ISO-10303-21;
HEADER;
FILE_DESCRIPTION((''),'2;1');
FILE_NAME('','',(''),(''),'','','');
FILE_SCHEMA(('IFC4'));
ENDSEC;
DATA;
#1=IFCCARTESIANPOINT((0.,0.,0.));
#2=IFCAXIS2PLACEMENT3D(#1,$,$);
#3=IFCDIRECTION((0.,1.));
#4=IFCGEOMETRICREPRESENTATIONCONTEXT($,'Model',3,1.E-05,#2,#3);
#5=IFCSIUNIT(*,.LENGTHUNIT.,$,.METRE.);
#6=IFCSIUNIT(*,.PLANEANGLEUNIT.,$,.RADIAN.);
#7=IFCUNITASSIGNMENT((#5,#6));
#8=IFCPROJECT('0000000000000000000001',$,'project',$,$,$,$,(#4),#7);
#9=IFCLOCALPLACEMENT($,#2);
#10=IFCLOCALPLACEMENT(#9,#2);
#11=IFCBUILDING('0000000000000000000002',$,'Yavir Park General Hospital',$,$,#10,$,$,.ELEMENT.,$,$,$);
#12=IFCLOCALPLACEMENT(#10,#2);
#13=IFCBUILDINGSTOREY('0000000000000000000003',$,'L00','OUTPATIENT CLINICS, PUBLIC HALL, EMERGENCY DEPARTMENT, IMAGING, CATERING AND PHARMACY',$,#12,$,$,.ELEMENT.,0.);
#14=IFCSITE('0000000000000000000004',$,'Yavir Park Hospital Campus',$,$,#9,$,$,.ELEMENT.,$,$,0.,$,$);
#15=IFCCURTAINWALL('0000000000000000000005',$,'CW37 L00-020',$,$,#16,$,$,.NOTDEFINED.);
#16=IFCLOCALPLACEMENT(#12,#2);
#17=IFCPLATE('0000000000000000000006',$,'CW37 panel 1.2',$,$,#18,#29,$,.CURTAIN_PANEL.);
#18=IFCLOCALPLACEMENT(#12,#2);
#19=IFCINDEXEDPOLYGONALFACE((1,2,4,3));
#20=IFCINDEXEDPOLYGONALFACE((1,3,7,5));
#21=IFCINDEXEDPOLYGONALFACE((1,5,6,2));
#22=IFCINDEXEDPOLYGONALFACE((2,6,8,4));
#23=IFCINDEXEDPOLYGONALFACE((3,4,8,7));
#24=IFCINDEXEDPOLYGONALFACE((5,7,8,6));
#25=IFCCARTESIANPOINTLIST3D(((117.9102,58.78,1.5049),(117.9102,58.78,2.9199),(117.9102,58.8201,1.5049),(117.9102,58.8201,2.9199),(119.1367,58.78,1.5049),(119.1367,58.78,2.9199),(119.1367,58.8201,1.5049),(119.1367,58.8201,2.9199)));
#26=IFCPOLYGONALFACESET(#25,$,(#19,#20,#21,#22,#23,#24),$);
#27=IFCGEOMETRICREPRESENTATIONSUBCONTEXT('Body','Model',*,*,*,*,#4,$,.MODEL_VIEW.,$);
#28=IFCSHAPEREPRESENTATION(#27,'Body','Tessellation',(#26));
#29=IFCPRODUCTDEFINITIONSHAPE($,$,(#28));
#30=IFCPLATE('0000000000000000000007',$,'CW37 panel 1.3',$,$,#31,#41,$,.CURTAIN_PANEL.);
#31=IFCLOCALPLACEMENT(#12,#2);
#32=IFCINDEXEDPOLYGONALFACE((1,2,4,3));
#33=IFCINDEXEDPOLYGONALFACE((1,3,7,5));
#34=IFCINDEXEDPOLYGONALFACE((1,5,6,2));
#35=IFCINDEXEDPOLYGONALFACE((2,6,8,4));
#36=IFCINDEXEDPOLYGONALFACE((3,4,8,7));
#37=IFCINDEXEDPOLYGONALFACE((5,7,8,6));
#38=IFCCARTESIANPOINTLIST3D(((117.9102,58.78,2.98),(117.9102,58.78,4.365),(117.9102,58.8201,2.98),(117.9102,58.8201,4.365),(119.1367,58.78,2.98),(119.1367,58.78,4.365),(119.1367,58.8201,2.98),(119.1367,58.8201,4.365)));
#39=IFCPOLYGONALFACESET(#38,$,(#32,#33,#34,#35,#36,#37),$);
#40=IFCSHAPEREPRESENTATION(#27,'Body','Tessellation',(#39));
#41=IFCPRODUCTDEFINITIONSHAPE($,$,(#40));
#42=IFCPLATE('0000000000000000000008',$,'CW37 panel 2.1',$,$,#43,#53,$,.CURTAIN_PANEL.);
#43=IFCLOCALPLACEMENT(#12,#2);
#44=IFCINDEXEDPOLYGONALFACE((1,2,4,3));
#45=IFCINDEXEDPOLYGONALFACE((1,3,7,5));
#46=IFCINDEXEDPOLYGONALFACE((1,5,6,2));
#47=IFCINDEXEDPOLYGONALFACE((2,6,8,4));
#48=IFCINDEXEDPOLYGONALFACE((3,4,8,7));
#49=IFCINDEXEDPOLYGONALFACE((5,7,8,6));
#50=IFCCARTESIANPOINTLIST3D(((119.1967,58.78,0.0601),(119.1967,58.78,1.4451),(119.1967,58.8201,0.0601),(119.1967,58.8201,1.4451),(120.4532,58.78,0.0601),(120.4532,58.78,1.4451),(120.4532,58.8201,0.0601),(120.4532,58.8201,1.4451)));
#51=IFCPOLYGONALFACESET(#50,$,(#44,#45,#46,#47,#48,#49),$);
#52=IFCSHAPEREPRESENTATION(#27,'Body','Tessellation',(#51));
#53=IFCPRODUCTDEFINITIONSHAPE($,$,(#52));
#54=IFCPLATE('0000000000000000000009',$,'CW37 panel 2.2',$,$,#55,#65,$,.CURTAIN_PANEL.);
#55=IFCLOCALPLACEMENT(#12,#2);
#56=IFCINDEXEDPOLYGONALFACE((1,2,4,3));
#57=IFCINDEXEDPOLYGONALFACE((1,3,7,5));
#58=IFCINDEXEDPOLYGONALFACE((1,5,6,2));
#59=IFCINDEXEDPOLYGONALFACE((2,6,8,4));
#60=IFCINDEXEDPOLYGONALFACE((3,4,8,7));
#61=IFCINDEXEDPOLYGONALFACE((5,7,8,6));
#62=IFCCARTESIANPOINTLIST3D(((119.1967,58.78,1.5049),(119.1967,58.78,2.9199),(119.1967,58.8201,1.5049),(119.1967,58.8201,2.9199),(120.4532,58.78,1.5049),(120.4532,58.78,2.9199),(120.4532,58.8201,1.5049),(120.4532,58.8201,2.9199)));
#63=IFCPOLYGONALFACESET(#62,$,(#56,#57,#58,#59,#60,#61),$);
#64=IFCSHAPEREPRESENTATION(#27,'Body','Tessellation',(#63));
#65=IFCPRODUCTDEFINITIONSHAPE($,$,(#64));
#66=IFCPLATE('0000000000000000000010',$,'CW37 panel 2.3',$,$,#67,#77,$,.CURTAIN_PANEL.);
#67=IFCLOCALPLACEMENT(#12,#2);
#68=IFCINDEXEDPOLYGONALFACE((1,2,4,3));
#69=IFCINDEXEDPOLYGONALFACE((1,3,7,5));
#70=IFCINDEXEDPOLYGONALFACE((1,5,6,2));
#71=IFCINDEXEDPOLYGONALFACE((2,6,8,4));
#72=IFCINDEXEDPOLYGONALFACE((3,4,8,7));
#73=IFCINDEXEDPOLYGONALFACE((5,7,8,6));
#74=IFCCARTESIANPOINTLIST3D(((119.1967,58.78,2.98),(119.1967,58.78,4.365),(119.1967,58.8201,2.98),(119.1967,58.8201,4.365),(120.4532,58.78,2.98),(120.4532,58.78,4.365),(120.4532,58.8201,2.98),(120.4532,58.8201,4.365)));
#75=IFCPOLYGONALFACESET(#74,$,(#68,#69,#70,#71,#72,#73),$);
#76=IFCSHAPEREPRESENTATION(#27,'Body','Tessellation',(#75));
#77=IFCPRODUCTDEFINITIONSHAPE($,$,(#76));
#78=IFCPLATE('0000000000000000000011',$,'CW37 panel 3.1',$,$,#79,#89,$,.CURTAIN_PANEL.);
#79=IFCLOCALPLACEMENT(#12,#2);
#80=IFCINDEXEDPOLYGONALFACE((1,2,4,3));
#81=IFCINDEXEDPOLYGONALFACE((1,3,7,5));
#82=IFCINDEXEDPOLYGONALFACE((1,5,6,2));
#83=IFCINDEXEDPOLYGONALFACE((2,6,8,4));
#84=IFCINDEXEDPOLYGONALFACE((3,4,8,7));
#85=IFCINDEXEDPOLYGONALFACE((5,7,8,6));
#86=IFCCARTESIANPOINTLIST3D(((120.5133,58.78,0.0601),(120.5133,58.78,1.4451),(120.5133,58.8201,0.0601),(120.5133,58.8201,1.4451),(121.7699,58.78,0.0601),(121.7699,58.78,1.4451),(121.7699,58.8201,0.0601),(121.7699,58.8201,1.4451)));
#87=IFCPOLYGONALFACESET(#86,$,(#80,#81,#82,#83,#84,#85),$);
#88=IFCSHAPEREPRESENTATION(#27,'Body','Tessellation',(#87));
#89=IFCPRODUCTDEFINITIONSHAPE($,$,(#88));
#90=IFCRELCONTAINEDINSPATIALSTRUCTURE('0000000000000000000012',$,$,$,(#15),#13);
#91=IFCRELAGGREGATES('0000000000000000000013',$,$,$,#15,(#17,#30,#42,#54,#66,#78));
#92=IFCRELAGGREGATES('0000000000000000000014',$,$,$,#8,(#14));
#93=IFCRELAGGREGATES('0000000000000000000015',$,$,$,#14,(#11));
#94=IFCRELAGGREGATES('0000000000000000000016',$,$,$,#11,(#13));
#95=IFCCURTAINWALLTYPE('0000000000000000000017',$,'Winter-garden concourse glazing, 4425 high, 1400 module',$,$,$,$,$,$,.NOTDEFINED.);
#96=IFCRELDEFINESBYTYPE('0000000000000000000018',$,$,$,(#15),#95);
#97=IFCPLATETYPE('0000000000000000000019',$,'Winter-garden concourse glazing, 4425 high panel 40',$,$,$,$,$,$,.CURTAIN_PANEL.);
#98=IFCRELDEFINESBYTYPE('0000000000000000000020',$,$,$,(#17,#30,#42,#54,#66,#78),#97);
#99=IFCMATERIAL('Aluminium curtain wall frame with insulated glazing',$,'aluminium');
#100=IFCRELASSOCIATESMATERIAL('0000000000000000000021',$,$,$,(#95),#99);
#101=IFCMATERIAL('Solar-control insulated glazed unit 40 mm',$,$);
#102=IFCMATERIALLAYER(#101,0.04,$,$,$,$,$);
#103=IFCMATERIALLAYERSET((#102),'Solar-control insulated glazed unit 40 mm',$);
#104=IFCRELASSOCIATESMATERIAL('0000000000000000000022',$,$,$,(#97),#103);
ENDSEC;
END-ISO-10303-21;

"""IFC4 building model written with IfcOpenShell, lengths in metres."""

from ifc_helpers import new_model, si_unit, direction, frame, origin, origin_2d, place, context, subcontext, project, spatial, rectangle, extrude, material, layer, layer_set, type_object, element, aggregate, save


model = new_model("IFC4")

# Units and contexts
model_context = context("Model", 3, precision=1e-05, world=origin(), true_north=direction((0.0, 1.0)))
body_context = subcontext(model_context, "Body", "Model", "MODEL_VIEW")
ifc_project = project(units=[si_unit("LENGTHUNIT", "METRE"), si_unit("PLANEANGLEUNIT", "RADIAN")], contexts=[model_context])

# Site, building, storey
site_placement = place(None, origin())
site = spatial("IfcSite", under=ifc_project, at=site_placement, Name="Yavir Park Hospital Campus", CompositionType="ELEMENT", RefElevation=0.0)
building_placement = place(site_placement, origin())
building = spatial("IfcBuilding", under=site, at=building_placement, Name="Yavir Park General Hospital", CompositionType="ELEMENT")
storey_placement = place(building_placement, origin())
storey = spatial("IfcBuildingStorey", under=building, at=storey_placement, Name="L00", Description="OUTPATIENT CLINICS, PUBLIC HALL, EMERGENCY DEPARTMENT, IMAGING, CATERING AND PHARMACY", CompositionType="ELEMENT", Elevation=0.0)

# Shared definitions
ifc_material_1 = material(Name="Aluminium curtain wall frame with insulated glazing", Category="aluminium")
curtain_wall_type = type_object("IfcCurtainWallType", Name="Winter-garden concourse glazing, 4425 high, 1400 module", PredefinedType="NOTDEFINED", material=ifc_material_1)

# Curtain wall, plates
curtain_wall_1_placement = place(storey_placement, origin())
curtain_wall_1 = element("IfcCurtainWall", 1, at=curtain_wall_1_placement, inside=storey, type_object=curtain_wall_type, Name="CW37 L00-020", PredefinedType="NOTDEFINED")
ifc_material_2 = material(Name="Solar-control insulated glazed unit 40 mm")
ifc_layer = layer(ifc_material_2, 0.04)
ifc_layer_set = layer_set([ifc_layer], Name="Solar-control insulated glazed unit 40 mm")
plate_type = type_object("IfcPlateType", Name="Winter-garden concourse glazing, 4425 high panel 40", PredefinedType="CURTAIN_PANEL", material=ifc_layer_set)
plate_1_placement = place(storey_placement, frame((118.5234, 58.8, 1.5049), z_axis=(0.0, 0.0, 1.0), x_axis=(1.0, 0.0, 0.0)))
plate_1 = element("IfcPlate", 2, at=plate_1_placement, type_object=plate_type, Name="CW37 panel 1.2", PredefinedType="CURTAIN_PANEL", context=body_context, shape_type="SweptSolid", body=[
    extrude(rectangle(XDim=1.2266, YDim=0.04, at=origin_2d()), origin(), (0.0, 0.0, 1.0), 1.415),
])
plate_2_placement = place(storey_placement, frame((118.5234, 58.8, 2.98), z_axis=(0.0, 0.0, 1.0), x_axis=(1.0, 0.0, 0.0)))
plate_2 = element("IfcPlate", 3, at=plate_2_placement, type_object=plate_type, Name="CW37 panel 1.3", PredefinedType="CURTAIN_PANEL", context=body_context, shape_type="SweptSolid", body=[
    extrude(rectangle(XDim=1.2266, YDim=0.04, at=origin_2d()), origin(), (0.0, 0.0, 1.0), 1.385),
])
plate_3_placement = place(storey_placement, frame((119.825, 58.8, 0.0601), z_axis=(0.0, 0.0, 1.0), x_axis=(1.0, 0.0, 0.0)))
plate_3 = element("IfcPlate", 4, at=plate_3_placement, type_object=plate_type, Name="CW37 panel 2.1", PredefinedType="CURTAIN_PANEL", context=body_context, shape_type="SweptSolid", body=[
    extrude(rectangle(XDim=1.2566, YDim=0.04, at=origin_2d()), origin(), (0.0, 0.0, 1.0), 1.385),
])
plate_4_placement = place(storey_placement, frame((119.825, 58.8, 1.5049), z_axis=(0.0, 0.0, 1.0), x_axis=(1.0, 0.0, 0.0)))
plate_4 = element("IfcPlate", 5, at=plate_4_placement, type_object=plate_type, Name="CW37 panel 2.2", PredefinedType="CURTAIN_PANEL", context=body_context, shape_type="SweptSolid", body=[
    extrude(rectangle(XDim=1.2566, YDim=0.04, at=origin_2d()), origin(), (0.0, 0.0, 1.0), 1.415),
])
plate_5_placement = place(storey_placement, frame((119.825, 58.8, 2.98), z_axis=(0.0, 0.0, 1.0), x_axis=(1.0, 0.0, 0.0)))
plate_5 = element("IfcPlate", 6, at=plate_5_placement, type_object=plate_type, Name="CW37 panel 2.3", PredefinedType="CURTAIN_PANEL", context=body_context, shape_type="SweptSolid", body=[
    extrude(rectangle(XDim=1.2566, YDim=0.04, at=origin_2d()), origin(), (0.0, 0.0, 1.0), 1.385),
])
plate_6_placement = place(storey_placement, frame((121.1416, 58.8, 0.0601), z_axis=(0.0, 0.0, 1.0), x_axis=(1.0, 0.0, 0.0)))
plate_6 = element("IfcPlate", 7, at=plate_6_placement, type_object=plate_type, Name="CW37 panel 3.1", PredefinedType="CURTAIN_PANEL", context=body_context, shape_type="SweptSolid", body=[
    extrude(rectangle(XDim=1.2566, YDim=0.04, at=origin_2d()), origin(), (0.0, 0.0, 1.0), 1.385),
])
aggregate(curtain_wall_1, [plate_1, plate_2, plate_3, plate_4, plate_5, plate_6])

save(model, "model.ifc")
